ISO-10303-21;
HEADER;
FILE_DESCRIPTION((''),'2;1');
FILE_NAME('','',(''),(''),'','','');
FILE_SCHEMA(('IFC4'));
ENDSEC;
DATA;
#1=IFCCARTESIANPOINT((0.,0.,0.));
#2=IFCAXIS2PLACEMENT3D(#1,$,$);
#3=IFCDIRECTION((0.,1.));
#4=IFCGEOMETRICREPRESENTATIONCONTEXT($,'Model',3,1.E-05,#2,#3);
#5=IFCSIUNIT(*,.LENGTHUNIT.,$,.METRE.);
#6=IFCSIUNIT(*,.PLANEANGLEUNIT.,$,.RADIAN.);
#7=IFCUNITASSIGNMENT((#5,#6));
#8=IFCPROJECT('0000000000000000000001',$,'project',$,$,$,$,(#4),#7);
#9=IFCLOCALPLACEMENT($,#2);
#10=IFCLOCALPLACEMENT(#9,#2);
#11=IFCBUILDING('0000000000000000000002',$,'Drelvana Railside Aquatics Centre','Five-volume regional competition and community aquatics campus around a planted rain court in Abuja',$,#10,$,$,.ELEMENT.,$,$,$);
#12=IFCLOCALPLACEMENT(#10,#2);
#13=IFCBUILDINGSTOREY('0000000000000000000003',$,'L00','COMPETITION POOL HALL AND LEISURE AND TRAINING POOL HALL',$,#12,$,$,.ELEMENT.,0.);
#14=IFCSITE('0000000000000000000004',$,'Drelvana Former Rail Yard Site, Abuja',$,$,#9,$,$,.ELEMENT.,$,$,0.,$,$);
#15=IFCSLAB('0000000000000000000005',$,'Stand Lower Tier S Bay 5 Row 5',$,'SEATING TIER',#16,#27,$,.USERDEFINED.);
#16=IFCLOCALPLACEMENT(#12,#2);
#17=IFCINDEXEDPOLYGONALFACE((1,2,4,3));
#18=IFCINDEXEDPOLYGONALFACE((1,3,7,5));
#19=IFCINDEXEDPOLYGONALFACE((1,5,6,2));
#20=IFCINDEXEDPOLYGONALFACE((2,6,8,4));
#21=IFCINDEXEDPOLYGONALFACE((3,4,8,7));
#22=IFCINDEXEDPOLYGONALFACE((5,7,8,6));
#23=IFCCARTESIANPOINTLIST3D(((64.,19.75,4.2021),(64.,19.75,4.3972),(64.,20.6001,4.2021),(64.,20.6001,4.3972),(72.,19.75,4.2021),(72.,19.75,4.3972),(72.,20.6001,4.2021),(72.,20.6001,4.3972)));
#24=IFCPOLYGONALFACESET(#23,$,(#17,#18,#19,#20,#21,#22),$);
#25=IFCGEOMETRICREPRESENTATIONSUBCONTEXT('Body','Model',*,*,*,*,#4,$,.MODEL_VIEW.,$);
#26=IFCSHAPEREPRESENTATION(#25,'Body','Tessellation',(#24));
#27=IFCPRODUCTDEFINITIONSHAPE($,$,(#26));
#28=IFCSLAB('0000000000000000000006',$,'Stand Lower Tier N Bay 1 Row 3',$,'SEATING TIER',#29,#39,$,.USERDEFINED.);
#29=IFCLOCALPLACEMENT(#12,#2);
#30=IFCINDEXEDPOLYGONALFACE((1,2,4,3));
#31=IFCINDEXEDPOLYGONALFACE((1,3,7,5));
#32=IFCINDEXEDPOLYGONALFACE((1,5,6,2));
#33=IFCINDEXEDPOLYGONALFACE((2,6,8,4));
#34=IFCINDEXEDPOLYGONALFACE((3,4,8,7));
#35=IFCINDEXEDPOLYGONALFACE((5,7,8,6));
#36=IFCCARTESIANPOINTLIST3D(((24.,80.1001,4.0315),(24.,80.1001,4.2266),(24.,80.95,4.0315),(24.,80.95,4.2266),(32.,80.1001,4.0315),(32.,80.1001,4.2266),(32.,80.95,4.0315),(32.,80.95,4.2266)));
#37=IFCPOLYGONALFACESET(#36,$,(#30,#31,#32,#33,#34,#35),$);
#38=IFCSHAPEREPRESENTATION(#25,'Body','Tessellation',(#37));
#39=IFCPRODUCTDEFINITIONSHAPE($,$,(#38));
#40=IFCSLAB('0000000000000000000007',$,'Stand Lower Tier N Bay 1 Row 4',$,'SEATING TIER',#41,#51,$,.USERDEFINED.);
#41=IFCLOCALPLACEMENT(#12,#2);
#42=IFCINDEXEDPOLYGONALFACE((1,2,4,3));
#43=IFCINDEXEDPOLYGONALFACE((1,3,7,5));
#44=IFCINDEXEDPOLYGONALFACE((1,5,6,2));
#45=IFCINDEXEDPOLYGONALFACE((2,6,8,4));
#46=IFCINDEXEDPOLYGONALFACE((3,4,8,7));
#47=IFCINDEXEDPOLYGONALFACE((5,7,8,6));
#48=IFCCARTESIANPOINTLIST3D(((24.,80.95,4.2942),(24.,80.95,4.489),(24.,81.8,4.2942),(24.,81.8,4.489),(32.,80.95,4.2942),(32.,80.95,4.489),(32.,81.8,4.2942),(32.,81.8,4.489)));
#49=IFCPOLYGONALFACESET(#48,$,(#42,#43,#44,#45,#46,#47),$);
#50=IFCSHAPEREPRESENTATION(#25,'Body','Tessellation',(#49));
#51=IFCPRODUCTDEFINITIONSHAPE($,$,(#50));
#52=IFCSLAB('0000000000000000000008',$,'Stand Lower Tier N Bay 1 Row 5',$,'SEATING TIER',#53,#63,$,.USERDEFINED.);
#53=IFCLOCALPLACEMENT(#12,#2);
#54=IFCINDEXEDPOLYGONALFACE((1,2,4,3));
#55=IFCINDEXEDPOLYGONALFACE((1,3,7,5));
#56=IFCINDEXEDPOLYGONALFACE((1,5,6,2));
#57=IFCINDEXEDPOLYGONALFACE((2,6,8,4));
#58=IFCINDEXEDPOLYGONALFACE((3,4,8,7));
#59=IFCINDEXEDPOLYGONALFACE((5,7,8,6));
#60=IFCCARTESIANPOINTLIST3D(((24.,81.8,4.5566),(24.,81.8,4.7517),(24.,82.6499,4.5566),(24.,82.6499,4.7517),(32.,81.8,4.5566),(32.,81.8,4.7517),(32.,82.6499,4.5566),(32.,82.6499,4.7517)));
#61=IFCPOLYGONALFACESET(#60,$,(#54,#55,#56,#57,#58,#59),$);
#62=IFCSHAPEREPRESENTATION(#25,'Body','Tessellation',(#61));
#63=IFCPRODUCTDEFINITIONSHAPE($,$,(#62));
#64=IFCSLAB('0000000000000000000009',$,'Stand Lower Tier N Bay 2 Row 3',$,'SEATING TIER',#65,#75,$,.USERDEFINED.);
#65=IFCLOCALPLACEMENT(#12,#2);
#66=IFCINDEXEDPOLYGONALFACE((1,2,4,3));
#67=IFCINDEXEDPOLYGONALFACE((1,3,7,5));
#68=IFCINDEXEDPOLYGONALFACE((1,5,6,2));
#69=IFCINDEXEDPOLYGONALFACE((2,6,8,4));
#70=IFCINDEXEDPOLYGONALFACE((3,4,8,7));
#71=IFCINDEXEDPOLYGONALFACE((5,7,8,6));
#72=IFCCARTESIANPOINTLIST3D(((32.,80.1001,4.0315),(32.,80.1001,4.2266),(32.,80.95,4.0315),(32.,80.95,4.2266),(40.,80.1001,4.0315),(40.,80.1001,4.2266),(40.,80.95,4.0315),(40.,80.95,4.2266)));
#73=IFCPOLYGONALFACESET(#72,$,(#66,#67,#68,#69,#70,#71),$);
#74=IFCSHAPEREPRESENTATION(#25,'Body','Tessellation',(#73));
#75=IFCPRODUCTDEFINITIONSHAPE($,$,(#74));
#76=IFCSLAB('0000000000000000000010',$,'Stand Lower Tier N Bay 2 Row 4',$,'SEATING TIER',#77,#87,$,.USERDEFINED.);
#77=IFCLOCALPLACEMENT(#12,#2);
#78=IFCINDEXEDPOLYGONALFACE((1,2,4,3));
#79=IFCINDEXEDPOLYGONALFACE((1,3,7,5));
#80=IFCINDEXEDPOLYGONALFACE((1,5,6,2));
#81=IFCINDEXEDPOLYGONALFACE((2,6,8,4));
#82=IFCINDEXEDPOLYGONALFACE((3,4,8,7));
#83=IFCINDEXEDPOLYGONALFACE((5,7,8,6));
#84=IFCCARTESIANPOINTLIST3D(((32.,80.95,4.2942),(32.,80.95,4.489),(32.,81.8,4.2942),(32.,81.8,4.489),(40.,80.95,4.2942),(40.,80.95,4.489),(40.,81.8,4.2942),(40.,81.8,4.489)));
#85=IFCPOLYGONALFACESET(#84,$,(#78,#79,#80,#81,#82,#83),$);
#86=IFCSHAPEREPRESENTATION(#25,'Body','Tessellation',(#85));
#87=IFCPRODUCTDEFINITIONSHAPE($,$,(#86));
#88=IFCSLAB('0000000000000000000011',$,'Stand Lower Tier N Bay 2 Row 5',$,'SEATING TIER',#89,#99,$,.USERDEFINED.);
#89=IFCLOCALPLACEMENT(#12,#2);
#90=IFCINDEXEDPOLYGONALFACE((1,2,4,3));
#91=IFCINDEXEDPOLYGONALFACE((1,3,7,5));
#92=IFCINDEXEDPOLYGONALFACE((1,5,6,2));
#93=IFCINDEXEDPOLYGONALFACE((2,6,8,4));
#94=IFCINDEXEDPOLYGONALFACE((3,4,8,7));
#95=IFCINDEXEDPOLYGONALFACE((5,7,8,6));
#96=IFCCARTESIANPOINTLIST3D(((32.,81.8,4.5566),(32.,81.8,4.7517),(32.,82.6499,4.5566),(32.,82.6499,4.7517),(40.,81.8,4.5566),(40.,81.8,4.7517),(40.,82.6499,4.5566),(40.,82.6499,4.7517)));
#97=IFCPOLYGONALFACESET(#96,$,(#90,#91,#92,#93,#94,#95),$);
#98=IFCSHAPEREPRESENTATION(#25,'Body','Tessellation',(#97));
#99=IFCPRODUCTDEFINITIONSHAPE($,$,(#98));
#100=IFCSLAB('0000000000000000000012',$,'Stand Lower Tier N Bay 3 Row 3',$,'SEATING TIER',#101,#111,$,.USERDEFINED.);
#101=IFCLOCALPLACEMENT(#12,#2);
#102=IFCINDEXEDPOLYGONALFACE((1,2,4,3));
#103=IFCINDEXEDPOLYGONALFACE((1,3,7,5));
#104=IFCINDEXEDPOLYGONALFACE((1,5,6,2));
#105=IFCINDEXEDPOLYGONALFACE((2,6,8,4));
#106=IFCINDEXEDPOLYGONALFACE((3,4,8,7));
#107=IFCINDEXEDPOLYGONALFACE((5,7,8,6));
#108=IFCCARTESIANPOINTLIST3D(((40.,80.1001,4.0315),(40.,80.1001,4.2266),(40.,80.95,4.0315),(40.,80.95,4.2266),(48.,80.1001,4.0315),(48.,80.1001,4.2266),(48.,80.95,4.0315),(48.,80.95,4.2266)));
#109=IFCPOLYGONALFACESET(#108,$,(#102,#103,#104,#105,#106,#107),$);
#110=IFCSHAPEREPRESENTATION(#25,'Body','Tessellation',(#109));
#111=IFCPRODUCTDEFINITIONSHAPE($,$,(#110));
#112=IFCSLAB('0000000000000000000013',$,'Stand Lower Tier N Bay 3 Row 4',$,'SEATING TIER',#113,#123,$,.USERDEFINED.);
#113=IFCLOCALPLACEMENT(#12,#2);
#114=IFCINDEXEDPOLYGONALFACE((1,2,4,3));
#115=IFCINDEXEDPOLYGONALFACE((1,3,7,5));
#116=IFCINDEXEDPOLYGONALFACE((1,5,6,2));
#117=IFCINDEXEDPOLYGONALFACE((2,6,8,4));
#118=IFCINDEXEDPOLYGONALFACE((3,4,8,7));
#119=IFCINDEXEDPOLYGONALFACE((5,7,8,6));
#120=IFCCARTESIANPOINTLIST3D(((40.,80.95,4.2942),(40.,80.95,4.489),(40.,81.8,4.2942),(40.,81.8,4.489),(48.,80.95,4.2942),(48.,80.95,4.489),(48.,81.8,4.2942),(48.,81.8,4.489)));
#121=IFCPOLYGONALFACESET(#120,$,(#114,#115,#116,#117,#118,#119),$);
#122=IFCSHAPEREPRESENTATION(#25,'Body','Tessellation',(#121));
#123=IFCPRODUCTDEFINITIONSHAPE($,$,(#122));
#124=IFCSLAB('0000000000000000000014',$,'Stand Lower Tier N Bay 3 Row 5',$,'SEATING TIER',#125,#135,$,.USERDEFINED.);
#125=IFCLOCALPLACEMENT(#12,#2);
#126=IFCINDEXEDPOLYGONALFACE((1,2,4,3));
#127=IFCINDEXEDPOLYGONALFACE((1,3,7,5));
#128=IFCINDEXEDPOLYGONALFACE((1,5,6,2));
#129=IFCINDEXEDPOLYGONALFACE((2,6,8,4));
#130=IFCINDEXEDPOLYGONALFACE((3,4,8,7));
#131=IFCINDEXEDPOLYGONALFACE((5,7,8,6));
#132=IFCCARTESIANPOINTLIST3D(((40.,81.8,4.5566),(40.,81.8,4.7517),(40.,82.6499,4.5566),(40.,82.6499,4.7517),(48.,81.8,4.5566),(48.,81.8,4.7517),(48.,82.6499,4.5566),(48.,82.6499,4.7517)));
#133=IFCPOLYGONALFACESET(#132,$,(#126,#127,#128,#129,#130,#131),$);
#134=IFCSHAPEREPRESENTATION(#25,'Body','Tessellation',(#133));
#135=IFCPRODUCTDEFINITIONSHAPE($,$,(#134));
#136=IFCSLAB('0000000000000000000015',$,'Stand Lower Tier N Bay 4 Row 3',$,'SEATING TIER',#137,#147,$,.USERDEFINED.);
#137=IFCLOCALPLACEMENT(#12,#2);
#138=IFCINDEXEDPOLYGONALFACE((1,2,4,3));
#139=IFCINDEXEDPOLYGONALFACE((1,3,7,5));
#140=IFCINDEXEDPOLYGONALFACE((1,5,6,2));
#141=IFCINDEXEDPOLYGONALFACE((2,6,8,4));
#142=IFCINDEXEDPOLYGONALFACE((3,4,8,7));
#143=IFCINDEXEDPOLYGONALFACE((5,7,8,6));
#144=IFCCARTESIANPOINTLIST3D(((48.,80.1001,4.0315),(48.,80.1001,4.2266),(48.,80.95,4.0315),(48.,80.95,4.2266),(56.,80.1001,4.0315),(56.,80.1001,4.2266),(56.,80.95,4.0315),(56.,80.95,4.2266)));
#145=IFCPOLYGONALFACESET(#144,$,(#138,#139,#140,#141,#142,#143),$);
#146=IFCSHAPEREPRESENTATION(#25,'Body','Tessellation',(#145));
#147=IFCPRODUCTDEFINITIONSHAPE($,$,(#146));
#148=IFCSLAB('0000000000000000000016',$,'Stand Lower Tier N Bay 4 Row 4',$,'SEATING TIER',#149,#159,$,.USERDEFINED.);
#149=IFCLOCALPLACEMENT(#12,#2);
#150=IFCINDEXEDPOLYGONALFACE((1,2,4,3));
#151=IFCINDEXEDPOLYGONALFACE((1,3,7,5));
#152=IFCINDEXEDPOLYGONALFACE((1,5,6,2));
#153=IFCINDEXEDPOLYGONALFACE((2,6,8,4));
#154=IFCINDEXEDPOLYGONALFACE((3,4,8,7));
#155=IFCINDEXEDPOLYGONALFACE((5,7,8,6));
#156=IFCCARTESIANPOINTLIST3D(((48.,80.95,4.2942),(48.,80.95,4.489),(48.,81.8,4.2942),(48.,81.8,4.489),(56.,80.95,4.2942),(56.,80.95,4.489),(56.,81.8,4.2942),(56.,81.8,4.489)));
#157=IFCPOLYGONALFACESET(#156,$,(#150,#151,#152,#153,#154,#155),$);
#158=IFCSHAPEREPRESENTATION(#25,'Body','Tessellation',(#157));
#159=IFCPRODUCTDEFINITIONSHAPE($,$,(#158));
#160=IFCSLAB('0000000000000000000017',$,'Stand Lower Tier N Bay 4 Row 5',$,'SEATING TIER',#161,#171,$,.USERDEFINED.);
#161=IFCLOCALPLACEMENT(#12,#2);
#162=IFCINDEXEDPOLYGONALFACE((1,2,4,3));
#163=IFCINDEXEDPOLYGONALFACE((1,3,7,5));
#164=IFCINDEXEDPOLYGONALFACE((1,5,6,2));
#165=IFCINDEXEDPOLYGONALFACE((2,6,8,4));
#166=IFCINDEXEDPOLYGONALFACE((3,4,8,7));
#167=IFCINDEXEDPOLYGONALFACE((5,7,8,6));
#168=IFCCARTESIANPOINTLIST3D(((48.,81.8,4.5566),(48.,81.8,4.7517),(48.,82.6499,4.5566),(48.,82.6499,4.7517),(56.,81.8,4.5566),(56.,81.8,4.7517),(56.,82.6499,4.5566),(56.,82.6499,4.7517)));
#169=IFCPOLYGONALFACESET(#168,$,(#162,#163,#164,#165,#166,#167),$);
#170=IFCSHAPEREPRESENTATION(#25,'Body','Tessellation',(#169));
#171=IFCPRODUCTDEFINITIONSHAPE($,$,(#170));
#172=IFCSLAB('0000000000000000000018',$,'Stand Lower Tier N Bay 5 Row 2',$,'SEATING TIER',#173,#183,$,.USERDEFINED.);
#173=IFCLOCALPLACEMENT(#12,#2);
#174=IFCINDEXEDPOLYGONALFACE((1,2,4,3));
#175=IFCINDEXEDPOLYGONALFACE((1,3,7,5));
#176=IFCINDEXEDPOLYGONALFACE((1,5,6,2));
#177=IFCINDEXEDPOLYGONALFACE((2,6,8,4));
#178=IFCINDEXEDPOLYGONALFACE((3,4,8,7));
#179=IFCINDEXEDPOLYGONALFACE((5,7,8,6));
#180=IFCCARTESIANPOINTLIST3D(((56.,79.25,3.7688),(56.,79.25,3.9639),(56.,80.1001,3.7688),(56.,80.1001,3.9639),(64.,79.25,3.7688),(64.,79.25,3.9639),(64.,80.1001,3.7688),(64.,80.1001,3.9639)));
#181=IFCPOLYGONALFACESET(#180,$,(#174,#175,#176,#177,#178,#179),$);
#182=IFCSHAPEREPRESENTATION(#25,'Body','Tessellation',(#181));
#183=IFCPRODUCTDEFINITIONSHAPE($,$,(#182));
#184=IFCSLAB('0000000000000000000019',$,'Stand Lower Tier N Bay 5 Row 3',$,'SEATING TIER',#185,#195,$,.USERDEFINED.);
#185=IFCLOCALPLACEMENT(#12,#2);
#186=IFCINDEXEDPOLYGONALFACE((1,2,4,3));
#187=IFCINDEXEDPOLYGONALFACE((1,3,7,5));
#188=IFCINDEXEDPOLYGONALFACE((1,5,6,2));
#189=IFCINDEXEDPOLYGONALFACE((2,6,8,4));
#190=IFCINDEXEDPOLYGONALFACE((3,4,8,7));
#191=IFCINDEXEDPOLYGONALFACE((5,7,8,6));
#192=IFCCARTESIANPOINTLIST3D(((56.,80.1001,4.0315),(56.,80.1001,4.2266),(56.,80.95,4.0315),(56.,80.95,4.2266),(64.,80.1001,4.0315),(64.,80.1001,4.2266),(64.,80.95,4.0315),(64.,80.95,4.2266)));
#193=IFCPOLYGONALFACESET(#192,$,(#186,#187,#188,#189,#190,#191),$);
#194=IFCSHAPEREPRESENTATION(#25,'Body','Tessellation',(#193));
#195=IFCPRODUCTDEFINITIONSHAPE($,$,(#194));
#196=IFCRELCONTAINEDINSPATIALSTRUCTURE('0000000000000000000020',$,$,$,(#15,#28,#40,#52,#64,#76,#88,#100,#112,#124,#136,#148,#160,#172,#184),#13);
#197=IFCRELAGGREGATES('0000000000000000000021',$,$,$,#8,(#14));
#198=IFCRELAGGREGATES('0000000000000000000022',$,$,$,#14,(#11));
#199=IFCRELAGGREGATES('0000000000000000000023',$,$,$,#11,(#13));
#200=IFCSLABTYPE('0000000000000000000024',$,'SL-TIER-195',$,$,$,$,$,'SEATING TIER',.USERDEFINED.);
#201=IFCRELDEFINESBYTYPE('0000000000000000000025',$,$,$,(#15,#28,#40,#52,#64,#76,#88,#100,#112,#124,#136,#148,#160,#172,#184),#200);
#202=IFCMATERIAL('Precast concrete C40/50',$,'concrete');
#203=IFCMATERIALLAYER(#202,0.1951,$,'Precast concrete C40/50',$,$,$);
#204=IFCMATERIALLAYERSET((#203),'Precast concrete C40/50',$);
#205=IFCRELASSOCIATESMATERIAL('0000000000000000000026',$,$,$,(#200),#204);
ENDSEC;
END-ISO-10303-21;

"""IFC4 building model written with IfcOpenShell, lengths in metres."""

from ifc_helpers import new_model, si_unit, direction, frame, origin, place, context, subcontext, project, spatial, polyline, outline, extrude, material, layer, layer_set, type_object, element, save


model = new_model("IFC4")

# Units and contexts
model_context = context("Model", 3, precision=1e-05, world=origin(), true_north=direction((0.0, 1.0)))
body_context = subcontext(model_context, "Body", "Model", "MODEL_VIEW")
ifc_project = project(units=[si_unit("LENGTHUNIT", "METRE"), si_unit("PLANEANGLEUNIT", "RADIAN")], contexts=[model_context])

# Site, building, storey
site_placement = place(None, origin())
site = spatial("IfcSite", under=ifc_project, at=site_placement, Name="Drelvana Former Rail Yard Site, Abuja", CompositionType="ELEMENT", RefElevation=0.0)
building_placement = place(site_placement, origin())
building = spatial("IfcBuilding", under=site, at=building_placement, Name="Drelvana Railside Aquatics Centre", Description="Five-volume regional competition and community aquatics campus around a planted rain court in Abuja", CompositionType="ELEMENT")
storey_placement = place(building_placement, origin())
storey = spatial("IfcBuildingStorey", under=building, at=storey_placement, Name="L00", Description="COMPETITION POOL HALL AND LEISURE AND TRAINING POOL HALL", CompositionType="ELEMENT", Elevation=0.0)

# Slabs
ifc_material_1 = material(Name="Precast concrete C40/50", Category="concrete")
ifc_layer_1 = layer(ifc_material_1, 0.1951, Name="Precast concrete C40/50")
ifc_layer_set_1 = layer_set([ifc_layer_1], Name="Precast concrete C40/50")
slab_type_1 = type_object("IfcSlabType", Name="SL-TIER-195", ElementType="SEATING TIER", PredefinedType="USERDEFINED", material=ifc_layer_set_1)
slab_1_placement = place(storey_placement, frame((0.0, 0.0, 4.2021)))
element("IfcSlab", 1, at=slab_1_placement, inside=storey, type_object=slab_type_1, Name="Stand Lower Tier S Bay 5 Row 5", ObjectType="SEATING TIER", PredefinedType="USERDEFINED", context=body_context, shape_type="SweptSolid", body=[
    extrude(outline(polyline([(64.0, 19.75), (72.0, 19.75), (72.0, 20.6001), (64.0, 20.6001), (64.0, 19.75)])), origin(), (0.0, 0.0, 1.0), 0.1951),
])
slab_2_placement = place(storey_placement, frame((0.0, 0.0, 4.0315)))
element("IfcSlab", 2, at=slab_2_placement, inside=storey, type_object=slab_type_1, Name="Stand Lower Tier N Bay 1 Row 3", ObjectType="SEATING TIER", PredefinedType="USERDEFINED", context=body_context, shape_type="SweptSolid", body=[
    extrude(outline(polyline([(24.0, 80.1001), (32.0, 80.1001), (32.0, 80.95), (24.0, 80.95), (24.0, 80.1001)])), origin(), (0.0, 0.0, 1.0), 0.1951),
])
slab_3_placement = place(storey_placement, frame((0.0, 0.0, 4.2942)))
element("IfcSlab", 3, at=slab_3_placement, inside=storey, type_object=slab_type_1, Name="Stand Lower Tier N Bay 1 Row 4", ObjectType="SEATING TIER", PredefinedType="USERDEFINED", context=body_context, shape_type="SweptSolid", body=[
    extrude(outline(polyline([(24.0, 80.95), (32.0, 80.95), (32.0, 81.8), (24.0, 81.8), (24.0, 80.95)])), origin(), (0.0, 0.0, 1.0), 0.1948),
])
slab_4_placement = place(storey_placement, frame((0.0, 0.0, 4.5566)))
element("IfcSlab", 4, at=slab_4_placement, inside=storey, type_object=slab_type_1, Name="Stand Lower Tier N Bay 1 Row 5", ObjectType="SEATING TIER", PredefinedType="USERDEFINED", context=body_context, shape_type="SweptSolid", body=[
    extrude(outline(polyline([(24.0, 81.8), (32.0, 81.8), (32.0, 82.6499), (24.0, 82.6499), (24.0, 81.8)])), origin(), (0.0, 0.0, 1.0), 0.1951),
])
slab_5_placement = place(storey_placement, frame((0.0, 0.0, 4.0315)))
element("IfcSlab", 5, at=slab_5_placement, inside=storey, type_object=slab_type_1, Name="Stand Lower Tier N Bay 2 Row 3", ObjectType="SEATING TIER", PredefinedType="USERDEFINED", context=body_context, shape_type="SweptSolid", body=[
    extrude(outline(polyline([(32.0, 80.1001), (40.0, 80.1001), (40.0, 80.95), (32.0, 80.95), (32.0, 80.1001)])), origin(), (0.0, 0.0, 1.0), 0.1951),
])
slab_6_placement = place(storey_placement, frame((0.0, 0.0, 4.2942)))
element("IfcSlab", 6, at=slab_6_placement, inside=storey, type_object=slab_type_1, Name="Stand Lower Tier N Bay 2 Row 4", ObjectType="SEATING TIER", PredefinedType="USERDEFINED", context=body_context, shape_type="SweptSolid", body=[
    extrude(outline(polyline([(32.0, 80.95), (40.0, 80.95), (40.0, 81.8), (32.0, 81.8), (32.0, 80.95)])), origin(), (0.0, 0.0, 1.0), 0.1948),
])
slab_7_placement = place(storey_placement, frame((0.0, 0.0, 4.5566)))
element("IfcSlab", 7, at=slab_7_placement, inside=storey, type_object=slab_type_1, Name="Stand Lower Tier N Bay 2 Row 5", ObjectType="SEATING TIER", PredefinedType="USERDEFINED", context=body_context, shape_type="SweptSolid", body=[
    extrude(outline(polyline([(32.0, 81.8), (40.0, 81.8), (40.0, 82.6499), (32.0, 82.6499), (32.0, 81.8)])), origin(), (0.0, 0.0, 1.0), 0.1951),
])
slab_8_placement = place(storey_placement, frame((0.0, 0.0, 4.0315)))
element("IfcSlab", 8, at=slab_8_placement, inside=storey, type_object=slab_type_1, Name="Stand Lower Tier N Bay 3 Row 3", ObjectType="SEATING TIER", PredefinedType="USERDEFINED", context=body_context, shape_type="SweptSolid", body=[
    extrude(outline(polyline([(40.0, 80.1001), (48.0, 80.1001), (48.0, 80.95), (40.0, 80.95), (40.0, 80.1001)])), origin(), (0.0, 0.0, 1.0), 0.1951),
])
slab_9_placement = place(storey_placement, frame((0.0, 0.0, 4.2942)))
element("IfcSlab", 9, at=slab_9_placement, inside=storey, type_object=slab_type_1, Name="Stand Lower Tier N Bay 3 Row 4", ObjectType="SEATING TIER", PredefinedType="USERDEFINED", context=body_context, shape_type="SweptSolid", body=[
    extrude(outline(polyline([(40.0, 80.95), (48.0, 80.95), (48.0, 81.8), (40.0, 81.8), (40.0, 80.95)])), origin(), (0.0, 0.0, 1.0), 0.1948),
])
slab_10_placement = place(storey_placement, frame((0.0, 0.0, 4.5566)))
element("IfcSlab", 10, at=slab_10_placement, inside=storey, type_object=slab_type_1, Name="Stand Lower Tier N Bay 3 Row 5", ObjectType="SEATING TIER", PredefinedType="USERDEFINED", context=body_context, shape_type="SweptSolid", body=[
    extrude(outline(polyline([(40.0, 81.8), (48.0, 81.8), (48.0, 82.6499), (40.0, 82.6499), (40.0, 81.8)])), origin(), (0.0, 0.0, 1.0), 0.1951),
])
slab_11_placement = place(storey_placement, frame((0.0, 0.0, 4.0315)))
element("IfcSlab", 11, at=slab_11_placement, inside=storey, type_object=slab_type_1, Name="Stand Lower Tier N Bay 4 Row 3", ObjectType="SEATING TIER", PredefinedType="USERDEFINED", context=body_context, shape_type="SweptSolid", body=[
    extrude(outline(polyline([(48.0, 80.1001), (56.0, 80.1001), (56.0, 80.95), (48.0, 80.95), (48.0, 80.1001)])), origin(), (0.0, 0.0, 1.0), 0.1951),
])
slab_12_placement = place(storey_placement, frame((0.0, 0.0, 4.2942)))
element("IfcSlab", 12, at=slab_12_placement, inside=storey, type_object=slab_type_1, Name="Stand Lower Tier N Bay 4 Row 4", ObjectType="SEATING TIER", PredefinedType="USERDEFINED", context=body_context, shape_type="SweptSolid", body=[
    extrude(outline(polyline([(48.0, 80.95), (56.0, 80.95), (56.0, 81.8), (48.0, 81.8), (48.0, 80.95)])), origin(), (0.0, 0.0, 1.0), 0.1948),
])
slab_13_placement = place(storey_placement, frame((0.0, 0.0, 4.5566)))
element("IfcSlab", 13, at=slab_13_placement, inside=storey, type_object=slab_type_1, Name="Stand Lower Tier N Bay 4 Row 5", ObjectType="SEATING TIER", PredefinedType="USERDEFINED", context=body_context, shape_type="SweptSolid", body=[
    extrude(outline(polyline([(48.0, 81.8), (56.0, 81.8), (56.0, 82.6499), (48.0, 82.6499), (48.0, 81.8)])), origin(), (0.0, 0.0, 1.0), 0.1951),
])
slab_14_placement = place(storey_placement, frame((0.0, 0.0, 3.7688)))
element("IfcSlab", 14, at=slab_14_placement, inside=storey, type_object=slab_type_1, Name="Stand Lower Tier N Bay 5 Row 2", ObjectType="SEATING TIER", PredefinedType="USERDEFINED", context=body_context, shape_type="SweptSolid", body=[
    extrude(outline(polyline([(56.0, 79.25), (64.0, 79.25), (64.0, 80.1001), (56.0, 80.1001), (56.0, 79.25)])), origin(), (0.0, 0.0, 1.0), 0.1951),
])
slab_15_placement = place(storey_placement, frame((0.0, 0.0, 4.0315)))
element("IfcSlab", 15, at=slab_15_placement, inside=storey, type_object=slab_type_1, Name="Stand Lower Tier N Bay 5 Row 3", ObjectType="SEATING TIER", PredefinedType="USERDEFINED", context=body_context, shape_type="SweptSolid", body=[
    extrude(outline(polyline([(56.0, 80.1001), (64.0, 80.1001), (64.0, 80.95), (56.0, 80.95), (56.0, 80.1001)])), origin(), (0.0, 0.0, 1.0), 0.1951),
])

save(model, "model.ifc")
